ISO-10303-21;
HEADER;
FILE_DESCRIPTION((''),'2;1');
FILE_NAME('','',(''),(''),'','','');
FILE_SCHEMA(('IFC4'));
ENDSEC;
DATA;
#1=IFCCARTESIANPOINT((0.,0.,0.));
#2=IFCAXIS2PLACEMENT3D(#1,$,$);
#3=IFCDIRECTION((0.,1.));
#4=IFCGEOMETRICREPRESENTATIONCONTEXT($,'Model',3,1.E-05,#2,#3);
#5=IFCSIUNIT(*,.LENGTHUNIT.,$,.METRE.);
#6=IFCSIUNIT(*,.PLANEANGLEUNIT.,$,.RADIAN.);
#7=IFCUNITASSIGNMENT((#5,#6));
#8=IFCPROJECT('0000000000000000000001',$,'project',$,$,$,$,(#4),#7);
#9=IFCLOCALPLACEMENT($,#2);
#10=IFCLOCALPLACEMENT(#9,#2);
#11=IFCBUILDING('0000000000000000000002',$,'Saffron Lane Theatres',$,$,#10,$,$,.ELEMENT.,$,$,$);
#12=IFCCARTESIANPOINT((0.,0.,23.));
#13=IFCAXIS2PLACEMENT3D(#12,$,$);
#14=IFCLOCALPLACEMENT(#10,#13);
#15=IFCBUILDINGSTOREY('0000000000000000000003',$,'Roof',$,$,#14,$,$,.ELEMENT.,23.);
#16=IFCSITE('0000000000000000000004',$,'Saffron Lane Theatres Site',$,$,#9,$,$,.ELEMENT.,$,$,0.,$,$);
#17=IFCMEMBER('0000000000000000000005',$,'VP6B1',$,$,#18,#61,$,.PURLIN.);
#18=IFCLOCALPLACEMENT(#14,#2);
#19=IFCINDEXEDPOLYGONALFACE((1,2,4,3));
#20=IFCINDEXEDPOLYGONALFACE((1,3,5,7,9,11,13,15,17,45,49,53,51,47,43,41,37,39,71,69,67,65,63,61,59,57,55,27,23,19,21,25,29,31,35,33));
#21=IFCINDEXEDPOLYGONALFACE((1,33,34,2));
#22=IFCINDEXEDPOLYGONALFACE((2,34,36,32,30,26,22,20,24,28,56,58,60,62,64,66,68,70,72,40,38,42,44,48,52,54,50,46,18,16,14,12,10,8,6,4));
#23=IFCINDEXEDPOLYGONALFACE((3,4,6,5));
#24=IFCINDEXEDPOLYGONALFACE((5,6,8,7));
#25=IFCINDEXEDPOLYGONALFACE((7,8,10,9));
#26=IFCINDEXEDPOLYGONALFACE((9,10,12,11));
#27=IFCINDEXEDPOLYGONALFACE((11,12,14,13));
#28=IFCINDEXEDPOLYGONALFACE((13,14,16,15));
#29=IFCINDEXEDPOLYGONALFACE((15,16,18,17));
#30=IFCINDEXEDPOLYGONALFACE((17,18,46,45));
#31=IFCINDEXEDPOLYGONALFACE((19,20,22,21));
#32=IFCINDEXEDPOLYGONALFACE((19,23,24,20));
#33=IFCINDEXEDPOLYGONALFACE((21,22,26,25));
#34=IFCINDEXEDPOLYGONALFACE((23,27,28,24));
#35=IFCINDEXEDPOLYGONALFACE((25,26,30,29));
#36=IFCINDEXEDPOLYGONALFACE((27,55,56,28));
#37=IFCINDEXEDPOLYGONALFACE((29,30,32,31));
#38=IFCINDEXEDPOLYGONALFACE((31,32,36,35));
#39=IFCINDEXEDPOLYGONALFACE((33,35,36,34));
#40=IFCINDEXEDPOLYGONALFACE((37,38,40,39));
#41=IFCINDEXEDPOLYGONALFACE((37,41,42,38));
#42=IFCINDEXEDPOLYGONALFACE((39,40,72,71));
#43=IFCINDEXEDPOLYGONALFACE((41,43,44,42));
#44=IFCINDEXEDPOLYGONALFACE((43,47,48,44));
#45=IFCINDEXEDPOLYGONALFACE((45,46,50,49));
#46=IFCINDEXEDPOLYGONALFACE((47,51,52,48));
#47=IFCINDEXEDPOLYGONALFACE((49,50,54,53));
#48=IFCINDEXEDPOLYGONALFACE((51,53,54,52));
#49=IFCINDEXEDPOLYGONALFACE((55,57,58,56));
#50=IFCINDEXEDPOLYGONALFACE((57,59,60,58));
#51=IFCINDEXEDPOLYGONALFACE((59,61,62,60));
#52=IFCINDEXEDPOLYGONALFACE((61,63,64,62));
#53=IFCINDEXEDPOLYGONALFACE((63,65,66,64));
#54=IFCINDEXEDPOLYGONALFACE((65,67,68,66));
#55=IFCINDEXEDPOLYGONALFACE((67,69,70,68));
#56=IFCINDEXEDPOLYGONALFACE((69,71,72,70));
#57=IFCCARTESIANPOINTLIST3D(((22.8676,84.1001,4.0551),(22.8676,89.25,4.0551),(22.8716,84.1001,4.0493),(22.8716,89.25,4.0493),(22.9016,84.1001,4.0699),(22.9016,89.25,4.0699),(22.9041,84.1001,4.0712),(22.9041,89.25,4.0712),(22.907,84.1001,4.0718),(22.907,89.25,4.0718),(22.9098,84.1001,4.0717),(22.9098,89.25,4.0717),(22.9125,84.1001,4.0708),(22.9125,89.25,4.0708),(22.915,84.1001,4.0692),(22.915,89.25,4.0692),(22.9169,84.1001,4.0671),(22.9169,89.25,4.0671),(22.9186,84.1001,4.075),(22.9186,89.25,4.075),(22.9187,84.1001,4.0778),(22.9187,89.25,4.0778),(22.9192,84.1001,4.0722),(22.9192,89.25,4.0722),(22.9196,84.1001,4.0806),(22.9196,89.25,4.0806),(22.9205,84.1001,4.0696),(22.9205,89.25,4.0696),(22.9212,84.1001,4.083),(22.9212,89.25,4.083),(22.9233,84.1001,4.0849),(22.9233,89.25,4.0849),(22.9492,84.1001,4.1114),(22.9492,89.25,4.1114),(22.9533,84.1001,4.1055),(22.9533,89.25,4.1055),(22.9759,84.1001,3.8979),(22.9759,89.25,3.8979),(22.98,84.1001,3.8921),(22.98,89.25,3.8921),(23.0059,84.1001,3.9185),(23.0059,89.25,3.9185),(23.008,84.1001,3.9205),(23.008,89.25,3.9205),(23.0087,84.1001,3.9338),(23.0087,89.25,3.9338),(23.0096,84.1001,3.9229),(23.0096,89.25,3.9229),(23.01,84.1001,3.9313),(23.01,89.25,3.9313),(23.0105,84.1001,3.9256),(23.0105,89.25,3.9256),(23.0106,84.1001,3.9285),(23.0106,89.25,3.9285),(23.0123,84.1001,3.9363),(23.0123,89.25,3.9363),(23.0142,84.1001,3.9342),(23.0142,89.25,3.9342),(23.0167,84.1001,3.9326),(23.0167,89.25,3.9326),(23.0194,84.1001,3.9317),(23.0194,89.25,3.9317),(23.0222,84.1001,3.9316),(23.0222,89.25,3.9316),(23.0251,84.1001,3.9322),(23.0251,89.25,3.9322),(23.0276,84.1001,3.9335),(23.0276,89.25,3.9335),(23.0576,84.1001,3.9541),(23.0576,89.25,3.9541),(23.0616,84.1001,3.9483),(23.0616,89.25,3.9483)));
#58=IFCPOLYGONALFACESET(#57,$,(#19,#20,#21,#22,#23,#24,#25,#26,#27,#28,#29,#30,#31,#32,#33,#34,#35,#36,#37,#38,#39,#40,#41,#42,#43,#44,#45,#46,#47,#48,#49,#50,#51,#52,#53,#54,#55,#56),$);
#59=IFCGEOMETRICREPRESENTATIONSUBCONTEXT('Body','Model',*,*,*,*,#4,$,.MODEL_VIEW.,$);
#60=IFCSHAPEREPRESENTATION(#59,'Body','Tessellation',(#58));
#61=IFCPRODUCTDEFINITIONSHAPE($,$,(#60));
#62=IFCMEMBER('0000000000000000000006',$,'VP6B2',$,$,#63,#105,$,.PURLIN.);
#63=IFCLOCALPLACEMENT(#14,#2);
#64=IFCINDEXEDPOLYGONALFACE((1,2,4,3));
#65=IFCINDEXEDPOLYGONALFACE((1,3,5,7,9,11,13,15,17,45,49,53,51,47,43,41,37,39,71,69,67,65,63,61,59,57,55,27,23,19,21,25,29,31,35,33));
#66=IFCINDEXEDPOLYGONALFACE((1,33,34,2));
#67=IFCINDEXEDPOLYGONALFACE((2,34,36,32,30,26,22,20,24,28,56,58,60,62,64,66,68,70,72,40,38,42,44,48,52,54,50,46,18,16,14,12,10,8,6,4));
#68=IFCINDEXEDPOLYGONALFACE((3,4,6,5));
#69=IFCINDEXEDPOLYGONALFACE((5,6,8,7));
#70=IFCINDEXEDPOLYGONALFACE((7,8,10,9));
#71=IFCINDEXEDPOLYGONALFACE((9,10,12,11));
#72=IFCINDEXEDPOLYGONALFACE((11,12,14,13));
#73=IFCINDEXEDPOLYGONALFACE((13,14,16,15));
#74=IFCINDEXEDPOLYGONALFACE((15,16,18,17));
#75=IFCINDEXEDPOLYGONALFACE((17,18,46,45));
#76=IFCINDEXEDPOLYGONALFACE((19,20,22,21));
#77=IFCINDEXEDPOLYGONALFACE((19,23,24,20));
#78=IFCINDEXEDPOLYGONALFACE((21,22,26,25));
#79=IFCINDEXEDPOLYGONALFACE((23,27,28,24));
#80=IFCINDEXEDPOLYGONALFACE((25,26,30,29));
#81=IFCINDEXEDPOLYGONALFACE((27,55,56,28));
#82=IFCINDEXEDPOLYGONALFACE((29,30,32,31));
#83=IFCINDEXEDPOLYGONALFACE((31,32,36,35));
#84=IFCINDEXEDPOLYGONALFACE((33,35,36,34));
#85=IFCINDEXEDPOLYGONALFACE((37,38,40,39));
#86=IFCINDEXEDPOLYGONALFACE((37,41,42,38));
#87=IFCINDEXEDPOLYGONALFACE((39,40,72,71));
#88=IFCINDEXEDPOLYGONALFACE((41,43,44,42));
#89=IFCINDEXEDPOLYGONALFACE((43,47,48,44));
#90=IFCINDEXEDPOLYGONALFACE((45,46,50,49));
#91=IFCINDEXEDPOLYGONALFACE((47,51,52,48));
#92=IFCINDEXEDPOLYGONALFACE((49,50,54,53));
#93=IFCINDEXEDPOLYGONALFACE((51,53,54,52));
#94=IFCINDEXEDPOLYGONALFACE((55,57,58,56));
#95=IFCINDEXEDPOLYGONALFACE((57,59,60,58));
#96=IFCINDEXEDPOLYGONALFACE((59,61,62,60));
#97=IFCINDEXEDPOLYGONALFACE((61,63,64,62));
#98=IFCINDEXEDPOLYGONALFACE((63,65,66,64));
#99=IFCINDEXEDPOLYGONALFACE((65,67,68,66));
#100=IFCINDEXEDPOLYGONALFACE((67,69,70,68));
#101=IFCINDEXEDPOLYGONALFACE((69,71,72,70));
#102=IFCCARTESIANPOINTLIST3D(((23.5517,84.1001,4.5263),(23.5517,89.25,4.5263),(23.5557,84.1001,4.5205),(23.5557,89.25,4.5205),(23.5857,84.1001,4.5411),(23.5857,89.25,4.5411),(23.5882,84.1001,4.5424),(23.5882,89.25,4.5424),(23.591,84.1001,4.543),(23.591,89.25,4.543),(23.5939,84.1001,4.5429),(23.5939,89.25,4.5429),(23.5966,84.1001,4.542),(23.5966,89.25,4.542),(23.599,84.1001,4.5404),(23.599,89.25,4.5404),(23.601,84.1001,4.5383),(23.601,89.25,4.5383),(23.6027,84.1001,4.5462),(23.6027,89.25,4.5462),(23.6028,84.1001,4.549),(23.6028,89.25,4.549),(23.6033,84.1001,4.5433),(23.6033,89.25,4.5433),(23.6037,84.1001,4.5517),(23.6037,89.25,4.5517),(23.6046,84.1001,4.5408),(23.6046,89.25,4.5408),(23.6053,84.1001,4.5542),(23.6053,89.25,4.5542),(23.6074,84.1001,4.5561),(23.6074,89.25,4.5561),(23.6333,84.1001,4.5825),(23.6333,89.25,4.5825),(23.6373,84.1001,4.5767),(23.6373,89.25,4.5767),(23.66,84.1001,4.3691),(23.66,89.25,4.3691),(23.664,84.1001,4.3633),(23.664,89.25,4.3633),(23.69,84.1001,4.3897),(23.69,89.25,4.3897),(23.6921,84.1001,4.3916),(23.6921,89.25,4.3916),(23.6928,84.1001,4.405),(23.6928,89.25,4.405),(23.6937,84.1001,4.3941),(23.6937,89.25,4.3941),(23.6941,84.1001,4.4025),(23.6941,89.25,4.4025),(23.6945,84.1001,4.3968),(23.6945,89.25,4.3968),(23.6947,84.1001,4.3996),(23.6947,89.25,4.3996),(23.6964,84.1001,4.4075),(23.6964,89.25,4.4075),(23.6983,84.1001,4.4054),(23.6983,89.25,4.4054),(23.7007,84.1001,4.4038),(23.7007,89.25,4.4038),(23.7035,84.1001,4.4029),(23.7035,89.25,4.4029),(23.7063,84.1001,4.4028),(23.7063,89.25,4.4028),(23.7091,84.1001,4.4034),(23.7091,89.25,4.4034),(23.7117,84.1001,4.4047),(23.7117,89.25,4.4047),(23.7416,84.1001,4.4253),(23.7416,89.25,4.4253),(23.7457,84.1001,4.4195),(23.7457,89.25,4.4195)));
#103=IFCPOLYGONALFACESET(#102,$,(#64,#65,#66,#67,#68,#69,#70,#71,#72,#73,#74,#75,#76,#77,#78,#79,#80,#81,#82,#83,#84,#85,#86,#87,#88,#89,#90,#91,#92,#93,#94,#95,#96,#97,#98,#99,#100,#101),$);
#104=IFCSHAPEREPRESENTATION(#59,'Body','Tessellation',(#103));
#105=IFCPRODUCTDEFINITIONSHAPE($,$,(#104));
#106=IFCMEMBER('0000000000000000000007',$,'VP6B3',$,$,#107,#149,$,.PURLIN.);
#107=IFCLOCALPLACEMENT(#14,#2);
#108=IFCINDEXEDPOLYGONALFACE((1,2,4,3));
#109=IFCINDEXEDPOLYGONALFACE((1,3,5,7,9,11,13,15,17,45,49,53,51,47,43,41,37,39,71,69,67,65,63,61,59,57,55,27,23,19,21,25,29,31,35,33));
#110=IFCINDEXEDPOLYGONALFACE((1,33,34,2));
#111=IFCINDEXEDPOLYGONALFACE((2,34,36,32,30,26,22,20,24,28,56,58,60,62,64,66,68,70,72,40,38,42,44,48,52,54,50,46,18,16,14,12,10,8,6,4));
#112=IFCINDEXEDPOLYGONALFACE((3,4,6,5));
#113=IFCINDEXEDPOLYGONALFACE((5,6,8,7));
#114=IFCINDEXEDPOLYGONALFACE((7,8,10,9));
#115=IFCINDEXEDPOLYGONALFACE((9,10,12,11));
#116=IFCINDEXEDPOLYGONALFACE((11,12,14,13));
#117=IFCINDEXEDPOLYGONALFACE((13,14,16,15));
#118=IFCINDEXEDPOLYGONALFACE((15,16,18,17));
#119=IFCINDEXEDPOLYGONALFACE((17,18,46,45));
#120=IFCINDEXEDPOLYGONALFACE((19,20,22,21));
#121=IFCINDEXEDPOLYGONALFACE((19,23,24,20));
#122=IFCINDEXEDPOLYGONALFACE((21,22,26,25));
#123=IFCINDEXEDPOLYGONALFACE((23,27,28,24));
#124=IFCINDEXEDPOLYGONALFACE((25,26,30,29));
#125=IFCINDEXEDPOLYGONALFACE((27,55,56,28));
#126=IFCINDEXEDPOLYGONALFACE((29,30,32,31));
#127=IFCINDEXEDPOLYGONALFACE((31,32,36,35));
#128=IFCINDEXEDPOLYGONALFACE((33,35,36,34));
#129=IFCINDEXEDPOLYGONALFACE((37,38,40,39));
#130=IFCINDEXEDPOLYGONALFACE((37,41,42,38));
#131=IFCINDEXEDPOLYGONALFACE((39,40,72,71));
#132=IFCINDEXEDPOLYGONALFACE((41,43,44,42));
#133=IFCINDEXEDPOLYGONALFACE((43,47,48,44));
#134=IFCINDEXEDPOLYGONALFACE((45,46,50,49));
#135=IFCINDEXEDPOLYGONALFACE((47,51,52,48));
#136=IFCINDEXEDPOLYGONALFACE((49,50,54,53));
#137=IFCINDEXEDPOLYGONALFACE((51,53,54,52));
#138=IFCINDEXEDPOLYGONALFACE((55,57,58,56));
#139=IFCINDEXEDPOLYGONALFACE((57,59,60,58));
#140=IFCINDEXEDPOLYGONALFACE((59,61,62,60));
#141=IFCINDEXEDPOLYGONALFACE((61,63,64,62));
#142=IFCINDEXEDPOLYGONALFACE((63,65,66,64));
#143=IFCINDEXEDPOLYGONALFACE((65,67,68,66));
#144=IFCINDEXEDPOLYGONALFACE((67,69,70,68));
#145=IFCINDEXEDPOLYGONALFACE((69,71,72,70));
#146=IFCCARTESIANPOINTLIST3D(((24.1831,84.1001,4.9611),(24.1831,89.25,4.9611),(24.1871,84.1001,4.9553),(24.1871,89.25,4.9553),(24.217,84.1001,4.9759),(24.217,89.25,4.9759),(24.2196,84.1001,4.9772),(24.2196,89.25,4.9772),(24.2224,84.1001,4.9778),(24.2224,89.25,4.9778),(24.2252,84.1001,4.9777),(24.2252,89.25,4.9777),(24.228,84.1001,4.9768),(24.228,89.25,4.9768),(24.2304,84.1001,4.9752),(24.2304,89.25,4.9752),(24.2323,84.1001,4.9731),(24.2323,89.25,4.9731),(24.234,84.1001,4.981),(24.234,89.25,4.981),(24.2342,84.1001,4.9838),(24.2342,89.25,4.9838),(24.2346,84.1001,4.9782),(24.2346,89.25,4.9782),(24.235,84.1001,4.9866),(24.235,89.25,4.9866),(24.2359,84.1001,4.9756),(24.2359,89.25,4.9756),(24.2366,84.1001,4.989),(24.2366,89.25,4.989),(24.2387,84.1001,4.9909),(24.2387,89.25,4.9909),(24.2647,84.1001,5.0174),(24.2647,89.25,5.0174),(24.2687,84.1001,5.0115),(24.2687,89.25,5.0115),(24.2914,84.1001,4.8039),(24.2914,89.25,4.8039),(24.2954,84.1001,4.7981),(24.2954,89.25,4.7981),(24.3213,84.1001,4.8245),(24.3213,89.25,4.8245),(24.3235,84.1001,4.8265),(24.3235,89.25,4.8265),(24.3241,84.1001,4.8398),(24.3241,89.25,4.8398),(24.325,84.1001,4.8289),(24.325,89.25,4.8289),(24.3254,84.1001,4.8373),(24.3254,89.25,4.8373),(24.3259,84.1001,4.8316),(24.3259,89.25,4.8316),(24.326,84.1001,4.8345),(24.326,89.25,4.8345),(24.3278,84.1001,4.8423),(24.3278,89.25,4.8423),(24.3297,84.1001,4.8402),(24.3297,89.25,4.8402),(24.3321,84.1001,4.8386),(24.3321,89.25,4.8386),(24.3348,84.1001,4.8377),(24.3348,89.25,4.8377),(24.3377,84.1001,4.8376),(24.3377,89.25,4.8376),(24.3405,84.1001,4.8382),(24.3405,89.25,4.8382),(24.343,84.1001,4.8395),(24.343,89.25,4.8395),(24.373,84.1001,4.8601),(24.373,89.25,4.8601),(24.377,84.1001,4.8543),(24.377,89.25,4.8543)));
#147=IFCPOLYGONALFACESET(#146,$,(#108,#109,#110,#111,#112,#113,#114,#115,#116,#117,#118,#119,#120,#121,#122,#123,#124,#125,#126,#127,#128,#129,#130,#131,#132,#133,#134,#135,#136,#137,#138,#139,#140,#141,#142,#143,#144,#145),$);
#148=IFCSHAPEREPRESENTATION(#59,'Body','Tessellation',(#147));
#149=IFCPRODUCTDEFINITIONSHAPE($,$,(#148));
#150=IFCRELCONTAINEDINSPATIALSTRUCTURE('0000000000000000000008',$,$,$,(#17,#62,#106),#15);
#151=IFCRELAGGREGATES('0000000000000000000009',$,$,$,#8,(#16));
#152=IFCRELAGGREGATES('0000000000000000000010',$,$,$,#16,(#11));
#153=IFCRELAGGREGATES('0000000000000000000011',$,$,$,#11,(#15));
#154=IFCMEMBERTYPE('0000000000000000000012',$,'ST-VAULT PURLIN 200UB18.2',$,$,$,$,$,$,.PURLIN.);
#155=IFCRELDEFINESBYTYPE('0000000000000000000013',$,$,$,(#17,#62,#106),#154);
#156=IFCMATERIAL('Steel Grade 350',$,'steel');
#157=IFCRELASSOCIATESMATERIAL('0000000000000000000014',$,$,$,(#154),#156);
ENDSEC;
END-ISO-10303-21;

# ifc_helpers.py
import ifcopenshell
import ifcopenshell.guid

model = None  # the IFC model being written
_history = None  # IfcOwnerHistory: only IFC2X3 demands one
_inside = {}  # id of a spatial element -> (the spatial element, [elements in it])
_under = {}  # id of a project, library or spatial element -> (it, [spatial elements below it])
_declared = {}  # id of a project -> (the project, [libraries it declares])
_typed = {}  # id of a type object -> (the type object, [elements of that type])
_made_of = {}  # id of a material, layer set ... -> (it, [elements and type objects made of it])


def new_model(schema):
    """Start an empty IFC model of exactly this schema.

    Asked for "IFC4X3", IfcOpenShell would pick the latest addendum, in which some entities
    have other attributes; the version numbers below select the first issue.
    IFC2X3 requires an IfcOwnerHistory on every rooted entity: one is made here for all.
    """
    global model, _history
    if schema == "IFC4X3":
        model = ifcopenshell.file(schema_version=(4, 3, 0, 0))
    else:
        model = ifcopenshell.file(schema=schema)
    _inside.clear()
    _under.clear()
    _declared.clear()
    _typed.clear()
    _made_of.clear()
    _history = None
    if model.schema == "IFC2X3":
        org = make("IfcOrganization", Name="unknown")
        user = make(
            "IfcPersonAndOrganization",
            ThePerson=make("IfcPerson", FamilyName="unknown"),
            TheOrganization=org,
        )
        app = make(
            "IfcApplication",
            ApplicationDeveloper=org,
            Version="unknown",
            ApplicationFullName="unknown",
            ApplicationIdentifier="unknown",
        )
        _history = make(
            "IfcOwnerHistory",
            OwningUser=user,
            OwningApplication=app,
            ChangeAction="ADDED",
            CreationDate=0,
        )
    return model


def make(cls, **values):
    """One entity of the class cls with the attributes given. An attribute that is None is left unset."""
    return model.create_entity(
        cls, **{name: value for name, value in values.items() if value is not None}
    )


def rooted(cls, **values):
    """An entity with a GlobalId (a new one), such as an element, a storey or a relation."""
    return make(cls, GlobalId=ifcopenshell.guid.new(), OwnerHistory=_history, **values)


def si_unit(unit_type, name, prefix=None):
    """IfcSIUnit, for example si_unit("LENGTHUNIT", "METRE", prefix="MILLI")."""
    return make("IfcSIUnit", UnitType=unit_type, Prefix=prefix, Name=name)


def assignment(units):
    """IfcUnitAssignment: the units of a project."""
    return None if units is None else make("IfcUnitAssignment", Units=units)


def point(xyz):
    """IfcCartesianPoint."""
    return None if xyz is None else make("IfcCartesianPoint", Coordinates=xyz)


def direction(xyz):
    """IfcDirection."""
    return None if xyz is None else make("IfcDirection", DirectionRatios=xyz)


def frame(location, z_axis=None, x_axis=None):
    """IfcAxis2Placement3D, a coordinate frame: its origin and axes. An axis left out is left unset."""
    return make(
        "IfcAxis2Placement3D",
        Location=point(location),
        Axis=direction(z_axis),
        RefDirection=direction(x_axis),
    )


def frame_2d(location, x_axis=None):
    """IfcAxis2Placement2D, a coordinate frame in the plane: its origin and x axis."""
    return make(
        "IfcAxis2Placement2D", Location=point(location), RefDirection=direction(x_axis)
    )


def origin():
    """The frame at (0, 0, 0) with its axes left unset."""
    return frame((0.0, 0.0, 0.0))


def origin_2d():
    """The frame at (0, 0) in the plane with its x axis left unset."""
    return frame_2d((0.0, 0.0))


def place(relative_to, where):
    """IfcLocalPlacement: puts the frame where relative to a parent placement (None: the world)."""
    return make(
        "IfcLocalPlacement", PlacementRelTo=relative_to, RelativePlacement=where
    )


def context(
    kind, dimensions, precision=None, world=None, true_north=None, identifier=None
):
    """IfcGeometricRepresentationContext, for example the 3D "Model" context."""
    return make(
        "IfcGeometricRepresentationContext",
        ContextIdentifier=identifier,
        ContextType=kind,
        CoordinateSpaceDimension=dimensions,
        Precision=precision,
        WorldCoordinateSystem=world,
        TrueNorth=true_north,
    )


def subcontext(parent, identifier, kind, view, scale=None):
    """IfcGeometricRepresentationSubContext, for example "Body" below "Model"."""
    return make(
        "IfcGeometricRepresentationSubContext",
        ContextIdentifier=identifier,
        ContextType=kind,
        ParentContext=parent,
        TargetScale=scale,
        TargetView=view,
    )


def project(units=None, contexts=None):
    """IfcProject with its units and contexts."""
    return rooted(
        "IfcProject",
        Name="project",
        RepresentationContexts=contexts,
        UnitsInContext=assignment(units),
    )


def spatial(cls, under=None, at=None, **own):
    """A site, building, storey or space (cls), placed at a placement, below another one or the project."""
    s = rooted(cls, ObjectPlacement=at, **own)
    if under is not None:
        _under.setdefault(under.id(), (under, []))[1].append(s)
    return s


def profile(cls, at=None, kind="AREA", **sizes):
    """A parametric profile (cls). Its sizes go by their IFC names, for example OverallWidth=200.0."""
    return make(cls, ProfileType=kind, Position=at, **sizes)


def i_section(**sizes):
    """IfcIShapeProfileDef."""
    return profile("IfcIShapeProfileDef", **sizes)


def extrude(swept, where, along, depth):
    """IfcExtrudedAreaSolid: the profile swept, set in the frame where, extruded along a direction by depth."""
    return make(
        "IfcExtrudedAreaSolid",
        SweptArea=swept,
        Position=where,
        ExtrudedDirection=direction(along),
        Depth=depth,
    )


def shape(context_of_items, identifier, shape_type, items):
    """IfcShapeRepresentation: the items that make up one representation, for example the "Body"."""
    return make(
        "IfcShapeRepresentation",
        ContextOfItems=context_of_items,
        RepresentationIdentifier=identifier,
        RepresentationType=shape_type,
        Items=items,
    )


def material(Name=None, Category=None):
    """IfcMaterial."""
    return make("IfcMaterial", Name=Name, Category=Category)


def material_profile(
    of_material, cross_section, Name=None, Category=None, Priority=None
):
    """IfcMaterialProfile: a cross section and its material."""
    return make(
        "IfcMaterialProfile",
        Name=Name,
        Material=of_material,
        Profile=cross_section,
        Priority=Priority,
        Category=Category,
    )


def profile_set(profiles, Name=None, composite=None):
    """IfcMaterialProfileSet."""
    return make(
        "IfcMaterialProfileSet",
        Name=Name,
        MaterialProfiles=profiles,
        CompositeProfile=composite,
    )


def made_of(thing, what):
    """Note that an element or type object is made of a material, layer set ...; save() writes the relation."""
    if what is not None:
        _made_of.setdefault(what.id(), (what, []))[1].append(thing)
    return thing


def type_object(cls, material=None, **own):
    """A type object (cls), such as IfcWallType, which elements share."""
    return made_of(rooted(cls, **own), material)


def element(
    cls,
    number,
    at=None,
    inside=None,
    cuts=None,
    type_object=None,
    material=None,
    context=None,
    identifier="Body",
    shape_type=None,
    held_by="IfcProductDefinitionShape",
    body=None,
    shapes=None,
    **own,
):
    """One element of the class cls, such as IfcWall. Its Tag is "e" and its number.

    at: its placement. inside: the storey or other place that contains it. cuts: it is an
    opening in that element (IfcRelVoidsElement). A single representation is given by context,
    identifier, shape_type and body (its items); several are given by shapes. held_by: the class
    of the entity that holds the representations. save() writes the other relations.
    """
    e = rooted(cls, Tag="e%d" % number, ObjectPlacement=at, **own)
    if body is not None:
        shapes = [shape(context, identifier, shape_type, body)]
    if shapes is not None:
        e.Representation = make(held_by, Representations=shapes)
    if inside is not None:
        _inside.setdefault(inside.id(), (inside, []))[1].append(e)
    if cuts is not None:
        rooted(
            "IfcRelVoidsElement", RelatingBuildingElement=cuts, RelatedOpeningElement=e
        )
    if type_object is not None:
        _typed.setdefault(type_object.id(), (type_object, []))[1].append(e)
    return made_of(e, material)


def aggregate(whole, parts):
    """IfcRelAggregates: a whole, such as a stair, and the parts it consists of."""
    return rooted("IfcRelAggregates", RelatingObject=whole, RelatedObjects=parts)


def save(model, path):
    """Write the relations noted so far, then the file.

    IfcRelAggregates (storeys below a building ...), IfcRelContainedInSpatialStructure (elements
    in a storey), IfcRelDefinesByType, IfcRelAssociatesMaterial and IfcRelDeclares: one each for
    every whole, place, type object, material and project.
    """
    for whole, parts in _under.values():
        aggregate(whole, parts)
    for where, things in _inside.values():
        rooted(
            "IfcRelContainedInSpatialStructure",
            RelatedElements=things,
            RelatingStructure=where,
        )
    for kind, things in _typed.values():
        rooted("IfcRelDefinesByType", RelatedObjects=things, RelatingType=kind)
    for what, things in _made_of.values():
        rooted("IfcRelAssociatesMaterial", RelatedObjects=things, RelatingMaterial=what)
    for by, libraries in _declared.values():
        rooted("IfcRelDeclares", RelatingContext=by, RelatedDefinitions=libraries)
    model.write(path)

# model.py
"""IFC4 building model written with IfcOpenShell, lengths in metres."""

from ifc_helpers import new_model, si_unit, direction, frame, origin, origin_2d, place, context, subcontext, project, spatial, i_section, extrude, material, material_profile, profile_set, type_object, element, save


model = new_model("IFC4")

# Units and contexts
model_context = context("Model", 3, precision=1e-05, world=origin(), true_north=direction((0.0, 1.0)))
body_context = subcontext(model_context, "Body", "Model", "MODEL_VIEW")
ifc_project = project(units=[si_unit("LENGTHUNIT", "METRE"), si_unit("PLANEANGLEUNIT", "RADIAN")], contexts=[model_context])

# Site, building, storey
site_placement = place(None, origin())
site = spatial("IfcSite", under=ifc_project, at=site_placement, Name="Saffron Lane Theatres Site", CompositionType="ELEMENT", RefElevation=0.0)
building_placement = place(site_placement, origin())
building = spatial("IfcBuilding", under=site, at=building_placement, Name="Saffron Lane Theatres", CompositionType="ELEMENT")
storey_placement = place(building_placement, frame((0.0, 0.0, 23.0)))
storey = spatial("IfcBuildingStorey", under=building, at=storey_placement, Name="Roof", CompositionType="ELEMENT", Elevation=23.0)

# Members
ifc_material_1 = material(Name="Steel Grade 350", Category="steel")
ifc_material_profile_1 = material_profile(ifc_material_1, i_section(OverallWidth=0.0991, OverallDepth=0.198, WebThickness=0.0044, FlangeThickness=0.0071, FilletRadius=0.011, at=origin_2d()))
ifc_profile_set_1 = profile_set([ifc_material_profile_1], Name="Steel Grade 350")
member_type_1 = type_object("IfcMemberType", Name="ST-VAULT PURLIN 200UB18.2", PredefinedType="PURLIN", material=ifc_profile_set_1)
for number, where, z_axis, x_axis, name in (
    (1, (22.9646, 84.1001, 4.0017), (0.0, 1.0, 0.0), (0.823487, 0.0, 0.567335), "VP6B1"),
    (2, (23.6487, 84.1001, 4.4729), (0.0, 1.0, 0.0), (0.823487, 0.0, 0.567335), "VP6B2"),
    (3, (24.28, 84.1001, 4.9077), (0.0, 1.0, 0.0), (0.823487, 0.0, 0.567335), "VP6B3"),
):
    element("IfcMember", number, at=place(storey_placement, frame(where, z_axis=z_axis, x_axis=x_axis)), inside=storey, type_object=member_type_1, Name=name, PredefinedType="PURLIN", context=body_context, shape_type="SweptSolid", body=[
        extrude(i_section(OverallWidth=0.0991, OverallDepth=0.198, WebThickness=0.0044, FlangeThickness=0.0071, FilletRadius=0.011, at=origin_2d()), origin(), (0.0, 0.0, 1.0), 5.1499),
    ])

save(model, "model.ifc")
